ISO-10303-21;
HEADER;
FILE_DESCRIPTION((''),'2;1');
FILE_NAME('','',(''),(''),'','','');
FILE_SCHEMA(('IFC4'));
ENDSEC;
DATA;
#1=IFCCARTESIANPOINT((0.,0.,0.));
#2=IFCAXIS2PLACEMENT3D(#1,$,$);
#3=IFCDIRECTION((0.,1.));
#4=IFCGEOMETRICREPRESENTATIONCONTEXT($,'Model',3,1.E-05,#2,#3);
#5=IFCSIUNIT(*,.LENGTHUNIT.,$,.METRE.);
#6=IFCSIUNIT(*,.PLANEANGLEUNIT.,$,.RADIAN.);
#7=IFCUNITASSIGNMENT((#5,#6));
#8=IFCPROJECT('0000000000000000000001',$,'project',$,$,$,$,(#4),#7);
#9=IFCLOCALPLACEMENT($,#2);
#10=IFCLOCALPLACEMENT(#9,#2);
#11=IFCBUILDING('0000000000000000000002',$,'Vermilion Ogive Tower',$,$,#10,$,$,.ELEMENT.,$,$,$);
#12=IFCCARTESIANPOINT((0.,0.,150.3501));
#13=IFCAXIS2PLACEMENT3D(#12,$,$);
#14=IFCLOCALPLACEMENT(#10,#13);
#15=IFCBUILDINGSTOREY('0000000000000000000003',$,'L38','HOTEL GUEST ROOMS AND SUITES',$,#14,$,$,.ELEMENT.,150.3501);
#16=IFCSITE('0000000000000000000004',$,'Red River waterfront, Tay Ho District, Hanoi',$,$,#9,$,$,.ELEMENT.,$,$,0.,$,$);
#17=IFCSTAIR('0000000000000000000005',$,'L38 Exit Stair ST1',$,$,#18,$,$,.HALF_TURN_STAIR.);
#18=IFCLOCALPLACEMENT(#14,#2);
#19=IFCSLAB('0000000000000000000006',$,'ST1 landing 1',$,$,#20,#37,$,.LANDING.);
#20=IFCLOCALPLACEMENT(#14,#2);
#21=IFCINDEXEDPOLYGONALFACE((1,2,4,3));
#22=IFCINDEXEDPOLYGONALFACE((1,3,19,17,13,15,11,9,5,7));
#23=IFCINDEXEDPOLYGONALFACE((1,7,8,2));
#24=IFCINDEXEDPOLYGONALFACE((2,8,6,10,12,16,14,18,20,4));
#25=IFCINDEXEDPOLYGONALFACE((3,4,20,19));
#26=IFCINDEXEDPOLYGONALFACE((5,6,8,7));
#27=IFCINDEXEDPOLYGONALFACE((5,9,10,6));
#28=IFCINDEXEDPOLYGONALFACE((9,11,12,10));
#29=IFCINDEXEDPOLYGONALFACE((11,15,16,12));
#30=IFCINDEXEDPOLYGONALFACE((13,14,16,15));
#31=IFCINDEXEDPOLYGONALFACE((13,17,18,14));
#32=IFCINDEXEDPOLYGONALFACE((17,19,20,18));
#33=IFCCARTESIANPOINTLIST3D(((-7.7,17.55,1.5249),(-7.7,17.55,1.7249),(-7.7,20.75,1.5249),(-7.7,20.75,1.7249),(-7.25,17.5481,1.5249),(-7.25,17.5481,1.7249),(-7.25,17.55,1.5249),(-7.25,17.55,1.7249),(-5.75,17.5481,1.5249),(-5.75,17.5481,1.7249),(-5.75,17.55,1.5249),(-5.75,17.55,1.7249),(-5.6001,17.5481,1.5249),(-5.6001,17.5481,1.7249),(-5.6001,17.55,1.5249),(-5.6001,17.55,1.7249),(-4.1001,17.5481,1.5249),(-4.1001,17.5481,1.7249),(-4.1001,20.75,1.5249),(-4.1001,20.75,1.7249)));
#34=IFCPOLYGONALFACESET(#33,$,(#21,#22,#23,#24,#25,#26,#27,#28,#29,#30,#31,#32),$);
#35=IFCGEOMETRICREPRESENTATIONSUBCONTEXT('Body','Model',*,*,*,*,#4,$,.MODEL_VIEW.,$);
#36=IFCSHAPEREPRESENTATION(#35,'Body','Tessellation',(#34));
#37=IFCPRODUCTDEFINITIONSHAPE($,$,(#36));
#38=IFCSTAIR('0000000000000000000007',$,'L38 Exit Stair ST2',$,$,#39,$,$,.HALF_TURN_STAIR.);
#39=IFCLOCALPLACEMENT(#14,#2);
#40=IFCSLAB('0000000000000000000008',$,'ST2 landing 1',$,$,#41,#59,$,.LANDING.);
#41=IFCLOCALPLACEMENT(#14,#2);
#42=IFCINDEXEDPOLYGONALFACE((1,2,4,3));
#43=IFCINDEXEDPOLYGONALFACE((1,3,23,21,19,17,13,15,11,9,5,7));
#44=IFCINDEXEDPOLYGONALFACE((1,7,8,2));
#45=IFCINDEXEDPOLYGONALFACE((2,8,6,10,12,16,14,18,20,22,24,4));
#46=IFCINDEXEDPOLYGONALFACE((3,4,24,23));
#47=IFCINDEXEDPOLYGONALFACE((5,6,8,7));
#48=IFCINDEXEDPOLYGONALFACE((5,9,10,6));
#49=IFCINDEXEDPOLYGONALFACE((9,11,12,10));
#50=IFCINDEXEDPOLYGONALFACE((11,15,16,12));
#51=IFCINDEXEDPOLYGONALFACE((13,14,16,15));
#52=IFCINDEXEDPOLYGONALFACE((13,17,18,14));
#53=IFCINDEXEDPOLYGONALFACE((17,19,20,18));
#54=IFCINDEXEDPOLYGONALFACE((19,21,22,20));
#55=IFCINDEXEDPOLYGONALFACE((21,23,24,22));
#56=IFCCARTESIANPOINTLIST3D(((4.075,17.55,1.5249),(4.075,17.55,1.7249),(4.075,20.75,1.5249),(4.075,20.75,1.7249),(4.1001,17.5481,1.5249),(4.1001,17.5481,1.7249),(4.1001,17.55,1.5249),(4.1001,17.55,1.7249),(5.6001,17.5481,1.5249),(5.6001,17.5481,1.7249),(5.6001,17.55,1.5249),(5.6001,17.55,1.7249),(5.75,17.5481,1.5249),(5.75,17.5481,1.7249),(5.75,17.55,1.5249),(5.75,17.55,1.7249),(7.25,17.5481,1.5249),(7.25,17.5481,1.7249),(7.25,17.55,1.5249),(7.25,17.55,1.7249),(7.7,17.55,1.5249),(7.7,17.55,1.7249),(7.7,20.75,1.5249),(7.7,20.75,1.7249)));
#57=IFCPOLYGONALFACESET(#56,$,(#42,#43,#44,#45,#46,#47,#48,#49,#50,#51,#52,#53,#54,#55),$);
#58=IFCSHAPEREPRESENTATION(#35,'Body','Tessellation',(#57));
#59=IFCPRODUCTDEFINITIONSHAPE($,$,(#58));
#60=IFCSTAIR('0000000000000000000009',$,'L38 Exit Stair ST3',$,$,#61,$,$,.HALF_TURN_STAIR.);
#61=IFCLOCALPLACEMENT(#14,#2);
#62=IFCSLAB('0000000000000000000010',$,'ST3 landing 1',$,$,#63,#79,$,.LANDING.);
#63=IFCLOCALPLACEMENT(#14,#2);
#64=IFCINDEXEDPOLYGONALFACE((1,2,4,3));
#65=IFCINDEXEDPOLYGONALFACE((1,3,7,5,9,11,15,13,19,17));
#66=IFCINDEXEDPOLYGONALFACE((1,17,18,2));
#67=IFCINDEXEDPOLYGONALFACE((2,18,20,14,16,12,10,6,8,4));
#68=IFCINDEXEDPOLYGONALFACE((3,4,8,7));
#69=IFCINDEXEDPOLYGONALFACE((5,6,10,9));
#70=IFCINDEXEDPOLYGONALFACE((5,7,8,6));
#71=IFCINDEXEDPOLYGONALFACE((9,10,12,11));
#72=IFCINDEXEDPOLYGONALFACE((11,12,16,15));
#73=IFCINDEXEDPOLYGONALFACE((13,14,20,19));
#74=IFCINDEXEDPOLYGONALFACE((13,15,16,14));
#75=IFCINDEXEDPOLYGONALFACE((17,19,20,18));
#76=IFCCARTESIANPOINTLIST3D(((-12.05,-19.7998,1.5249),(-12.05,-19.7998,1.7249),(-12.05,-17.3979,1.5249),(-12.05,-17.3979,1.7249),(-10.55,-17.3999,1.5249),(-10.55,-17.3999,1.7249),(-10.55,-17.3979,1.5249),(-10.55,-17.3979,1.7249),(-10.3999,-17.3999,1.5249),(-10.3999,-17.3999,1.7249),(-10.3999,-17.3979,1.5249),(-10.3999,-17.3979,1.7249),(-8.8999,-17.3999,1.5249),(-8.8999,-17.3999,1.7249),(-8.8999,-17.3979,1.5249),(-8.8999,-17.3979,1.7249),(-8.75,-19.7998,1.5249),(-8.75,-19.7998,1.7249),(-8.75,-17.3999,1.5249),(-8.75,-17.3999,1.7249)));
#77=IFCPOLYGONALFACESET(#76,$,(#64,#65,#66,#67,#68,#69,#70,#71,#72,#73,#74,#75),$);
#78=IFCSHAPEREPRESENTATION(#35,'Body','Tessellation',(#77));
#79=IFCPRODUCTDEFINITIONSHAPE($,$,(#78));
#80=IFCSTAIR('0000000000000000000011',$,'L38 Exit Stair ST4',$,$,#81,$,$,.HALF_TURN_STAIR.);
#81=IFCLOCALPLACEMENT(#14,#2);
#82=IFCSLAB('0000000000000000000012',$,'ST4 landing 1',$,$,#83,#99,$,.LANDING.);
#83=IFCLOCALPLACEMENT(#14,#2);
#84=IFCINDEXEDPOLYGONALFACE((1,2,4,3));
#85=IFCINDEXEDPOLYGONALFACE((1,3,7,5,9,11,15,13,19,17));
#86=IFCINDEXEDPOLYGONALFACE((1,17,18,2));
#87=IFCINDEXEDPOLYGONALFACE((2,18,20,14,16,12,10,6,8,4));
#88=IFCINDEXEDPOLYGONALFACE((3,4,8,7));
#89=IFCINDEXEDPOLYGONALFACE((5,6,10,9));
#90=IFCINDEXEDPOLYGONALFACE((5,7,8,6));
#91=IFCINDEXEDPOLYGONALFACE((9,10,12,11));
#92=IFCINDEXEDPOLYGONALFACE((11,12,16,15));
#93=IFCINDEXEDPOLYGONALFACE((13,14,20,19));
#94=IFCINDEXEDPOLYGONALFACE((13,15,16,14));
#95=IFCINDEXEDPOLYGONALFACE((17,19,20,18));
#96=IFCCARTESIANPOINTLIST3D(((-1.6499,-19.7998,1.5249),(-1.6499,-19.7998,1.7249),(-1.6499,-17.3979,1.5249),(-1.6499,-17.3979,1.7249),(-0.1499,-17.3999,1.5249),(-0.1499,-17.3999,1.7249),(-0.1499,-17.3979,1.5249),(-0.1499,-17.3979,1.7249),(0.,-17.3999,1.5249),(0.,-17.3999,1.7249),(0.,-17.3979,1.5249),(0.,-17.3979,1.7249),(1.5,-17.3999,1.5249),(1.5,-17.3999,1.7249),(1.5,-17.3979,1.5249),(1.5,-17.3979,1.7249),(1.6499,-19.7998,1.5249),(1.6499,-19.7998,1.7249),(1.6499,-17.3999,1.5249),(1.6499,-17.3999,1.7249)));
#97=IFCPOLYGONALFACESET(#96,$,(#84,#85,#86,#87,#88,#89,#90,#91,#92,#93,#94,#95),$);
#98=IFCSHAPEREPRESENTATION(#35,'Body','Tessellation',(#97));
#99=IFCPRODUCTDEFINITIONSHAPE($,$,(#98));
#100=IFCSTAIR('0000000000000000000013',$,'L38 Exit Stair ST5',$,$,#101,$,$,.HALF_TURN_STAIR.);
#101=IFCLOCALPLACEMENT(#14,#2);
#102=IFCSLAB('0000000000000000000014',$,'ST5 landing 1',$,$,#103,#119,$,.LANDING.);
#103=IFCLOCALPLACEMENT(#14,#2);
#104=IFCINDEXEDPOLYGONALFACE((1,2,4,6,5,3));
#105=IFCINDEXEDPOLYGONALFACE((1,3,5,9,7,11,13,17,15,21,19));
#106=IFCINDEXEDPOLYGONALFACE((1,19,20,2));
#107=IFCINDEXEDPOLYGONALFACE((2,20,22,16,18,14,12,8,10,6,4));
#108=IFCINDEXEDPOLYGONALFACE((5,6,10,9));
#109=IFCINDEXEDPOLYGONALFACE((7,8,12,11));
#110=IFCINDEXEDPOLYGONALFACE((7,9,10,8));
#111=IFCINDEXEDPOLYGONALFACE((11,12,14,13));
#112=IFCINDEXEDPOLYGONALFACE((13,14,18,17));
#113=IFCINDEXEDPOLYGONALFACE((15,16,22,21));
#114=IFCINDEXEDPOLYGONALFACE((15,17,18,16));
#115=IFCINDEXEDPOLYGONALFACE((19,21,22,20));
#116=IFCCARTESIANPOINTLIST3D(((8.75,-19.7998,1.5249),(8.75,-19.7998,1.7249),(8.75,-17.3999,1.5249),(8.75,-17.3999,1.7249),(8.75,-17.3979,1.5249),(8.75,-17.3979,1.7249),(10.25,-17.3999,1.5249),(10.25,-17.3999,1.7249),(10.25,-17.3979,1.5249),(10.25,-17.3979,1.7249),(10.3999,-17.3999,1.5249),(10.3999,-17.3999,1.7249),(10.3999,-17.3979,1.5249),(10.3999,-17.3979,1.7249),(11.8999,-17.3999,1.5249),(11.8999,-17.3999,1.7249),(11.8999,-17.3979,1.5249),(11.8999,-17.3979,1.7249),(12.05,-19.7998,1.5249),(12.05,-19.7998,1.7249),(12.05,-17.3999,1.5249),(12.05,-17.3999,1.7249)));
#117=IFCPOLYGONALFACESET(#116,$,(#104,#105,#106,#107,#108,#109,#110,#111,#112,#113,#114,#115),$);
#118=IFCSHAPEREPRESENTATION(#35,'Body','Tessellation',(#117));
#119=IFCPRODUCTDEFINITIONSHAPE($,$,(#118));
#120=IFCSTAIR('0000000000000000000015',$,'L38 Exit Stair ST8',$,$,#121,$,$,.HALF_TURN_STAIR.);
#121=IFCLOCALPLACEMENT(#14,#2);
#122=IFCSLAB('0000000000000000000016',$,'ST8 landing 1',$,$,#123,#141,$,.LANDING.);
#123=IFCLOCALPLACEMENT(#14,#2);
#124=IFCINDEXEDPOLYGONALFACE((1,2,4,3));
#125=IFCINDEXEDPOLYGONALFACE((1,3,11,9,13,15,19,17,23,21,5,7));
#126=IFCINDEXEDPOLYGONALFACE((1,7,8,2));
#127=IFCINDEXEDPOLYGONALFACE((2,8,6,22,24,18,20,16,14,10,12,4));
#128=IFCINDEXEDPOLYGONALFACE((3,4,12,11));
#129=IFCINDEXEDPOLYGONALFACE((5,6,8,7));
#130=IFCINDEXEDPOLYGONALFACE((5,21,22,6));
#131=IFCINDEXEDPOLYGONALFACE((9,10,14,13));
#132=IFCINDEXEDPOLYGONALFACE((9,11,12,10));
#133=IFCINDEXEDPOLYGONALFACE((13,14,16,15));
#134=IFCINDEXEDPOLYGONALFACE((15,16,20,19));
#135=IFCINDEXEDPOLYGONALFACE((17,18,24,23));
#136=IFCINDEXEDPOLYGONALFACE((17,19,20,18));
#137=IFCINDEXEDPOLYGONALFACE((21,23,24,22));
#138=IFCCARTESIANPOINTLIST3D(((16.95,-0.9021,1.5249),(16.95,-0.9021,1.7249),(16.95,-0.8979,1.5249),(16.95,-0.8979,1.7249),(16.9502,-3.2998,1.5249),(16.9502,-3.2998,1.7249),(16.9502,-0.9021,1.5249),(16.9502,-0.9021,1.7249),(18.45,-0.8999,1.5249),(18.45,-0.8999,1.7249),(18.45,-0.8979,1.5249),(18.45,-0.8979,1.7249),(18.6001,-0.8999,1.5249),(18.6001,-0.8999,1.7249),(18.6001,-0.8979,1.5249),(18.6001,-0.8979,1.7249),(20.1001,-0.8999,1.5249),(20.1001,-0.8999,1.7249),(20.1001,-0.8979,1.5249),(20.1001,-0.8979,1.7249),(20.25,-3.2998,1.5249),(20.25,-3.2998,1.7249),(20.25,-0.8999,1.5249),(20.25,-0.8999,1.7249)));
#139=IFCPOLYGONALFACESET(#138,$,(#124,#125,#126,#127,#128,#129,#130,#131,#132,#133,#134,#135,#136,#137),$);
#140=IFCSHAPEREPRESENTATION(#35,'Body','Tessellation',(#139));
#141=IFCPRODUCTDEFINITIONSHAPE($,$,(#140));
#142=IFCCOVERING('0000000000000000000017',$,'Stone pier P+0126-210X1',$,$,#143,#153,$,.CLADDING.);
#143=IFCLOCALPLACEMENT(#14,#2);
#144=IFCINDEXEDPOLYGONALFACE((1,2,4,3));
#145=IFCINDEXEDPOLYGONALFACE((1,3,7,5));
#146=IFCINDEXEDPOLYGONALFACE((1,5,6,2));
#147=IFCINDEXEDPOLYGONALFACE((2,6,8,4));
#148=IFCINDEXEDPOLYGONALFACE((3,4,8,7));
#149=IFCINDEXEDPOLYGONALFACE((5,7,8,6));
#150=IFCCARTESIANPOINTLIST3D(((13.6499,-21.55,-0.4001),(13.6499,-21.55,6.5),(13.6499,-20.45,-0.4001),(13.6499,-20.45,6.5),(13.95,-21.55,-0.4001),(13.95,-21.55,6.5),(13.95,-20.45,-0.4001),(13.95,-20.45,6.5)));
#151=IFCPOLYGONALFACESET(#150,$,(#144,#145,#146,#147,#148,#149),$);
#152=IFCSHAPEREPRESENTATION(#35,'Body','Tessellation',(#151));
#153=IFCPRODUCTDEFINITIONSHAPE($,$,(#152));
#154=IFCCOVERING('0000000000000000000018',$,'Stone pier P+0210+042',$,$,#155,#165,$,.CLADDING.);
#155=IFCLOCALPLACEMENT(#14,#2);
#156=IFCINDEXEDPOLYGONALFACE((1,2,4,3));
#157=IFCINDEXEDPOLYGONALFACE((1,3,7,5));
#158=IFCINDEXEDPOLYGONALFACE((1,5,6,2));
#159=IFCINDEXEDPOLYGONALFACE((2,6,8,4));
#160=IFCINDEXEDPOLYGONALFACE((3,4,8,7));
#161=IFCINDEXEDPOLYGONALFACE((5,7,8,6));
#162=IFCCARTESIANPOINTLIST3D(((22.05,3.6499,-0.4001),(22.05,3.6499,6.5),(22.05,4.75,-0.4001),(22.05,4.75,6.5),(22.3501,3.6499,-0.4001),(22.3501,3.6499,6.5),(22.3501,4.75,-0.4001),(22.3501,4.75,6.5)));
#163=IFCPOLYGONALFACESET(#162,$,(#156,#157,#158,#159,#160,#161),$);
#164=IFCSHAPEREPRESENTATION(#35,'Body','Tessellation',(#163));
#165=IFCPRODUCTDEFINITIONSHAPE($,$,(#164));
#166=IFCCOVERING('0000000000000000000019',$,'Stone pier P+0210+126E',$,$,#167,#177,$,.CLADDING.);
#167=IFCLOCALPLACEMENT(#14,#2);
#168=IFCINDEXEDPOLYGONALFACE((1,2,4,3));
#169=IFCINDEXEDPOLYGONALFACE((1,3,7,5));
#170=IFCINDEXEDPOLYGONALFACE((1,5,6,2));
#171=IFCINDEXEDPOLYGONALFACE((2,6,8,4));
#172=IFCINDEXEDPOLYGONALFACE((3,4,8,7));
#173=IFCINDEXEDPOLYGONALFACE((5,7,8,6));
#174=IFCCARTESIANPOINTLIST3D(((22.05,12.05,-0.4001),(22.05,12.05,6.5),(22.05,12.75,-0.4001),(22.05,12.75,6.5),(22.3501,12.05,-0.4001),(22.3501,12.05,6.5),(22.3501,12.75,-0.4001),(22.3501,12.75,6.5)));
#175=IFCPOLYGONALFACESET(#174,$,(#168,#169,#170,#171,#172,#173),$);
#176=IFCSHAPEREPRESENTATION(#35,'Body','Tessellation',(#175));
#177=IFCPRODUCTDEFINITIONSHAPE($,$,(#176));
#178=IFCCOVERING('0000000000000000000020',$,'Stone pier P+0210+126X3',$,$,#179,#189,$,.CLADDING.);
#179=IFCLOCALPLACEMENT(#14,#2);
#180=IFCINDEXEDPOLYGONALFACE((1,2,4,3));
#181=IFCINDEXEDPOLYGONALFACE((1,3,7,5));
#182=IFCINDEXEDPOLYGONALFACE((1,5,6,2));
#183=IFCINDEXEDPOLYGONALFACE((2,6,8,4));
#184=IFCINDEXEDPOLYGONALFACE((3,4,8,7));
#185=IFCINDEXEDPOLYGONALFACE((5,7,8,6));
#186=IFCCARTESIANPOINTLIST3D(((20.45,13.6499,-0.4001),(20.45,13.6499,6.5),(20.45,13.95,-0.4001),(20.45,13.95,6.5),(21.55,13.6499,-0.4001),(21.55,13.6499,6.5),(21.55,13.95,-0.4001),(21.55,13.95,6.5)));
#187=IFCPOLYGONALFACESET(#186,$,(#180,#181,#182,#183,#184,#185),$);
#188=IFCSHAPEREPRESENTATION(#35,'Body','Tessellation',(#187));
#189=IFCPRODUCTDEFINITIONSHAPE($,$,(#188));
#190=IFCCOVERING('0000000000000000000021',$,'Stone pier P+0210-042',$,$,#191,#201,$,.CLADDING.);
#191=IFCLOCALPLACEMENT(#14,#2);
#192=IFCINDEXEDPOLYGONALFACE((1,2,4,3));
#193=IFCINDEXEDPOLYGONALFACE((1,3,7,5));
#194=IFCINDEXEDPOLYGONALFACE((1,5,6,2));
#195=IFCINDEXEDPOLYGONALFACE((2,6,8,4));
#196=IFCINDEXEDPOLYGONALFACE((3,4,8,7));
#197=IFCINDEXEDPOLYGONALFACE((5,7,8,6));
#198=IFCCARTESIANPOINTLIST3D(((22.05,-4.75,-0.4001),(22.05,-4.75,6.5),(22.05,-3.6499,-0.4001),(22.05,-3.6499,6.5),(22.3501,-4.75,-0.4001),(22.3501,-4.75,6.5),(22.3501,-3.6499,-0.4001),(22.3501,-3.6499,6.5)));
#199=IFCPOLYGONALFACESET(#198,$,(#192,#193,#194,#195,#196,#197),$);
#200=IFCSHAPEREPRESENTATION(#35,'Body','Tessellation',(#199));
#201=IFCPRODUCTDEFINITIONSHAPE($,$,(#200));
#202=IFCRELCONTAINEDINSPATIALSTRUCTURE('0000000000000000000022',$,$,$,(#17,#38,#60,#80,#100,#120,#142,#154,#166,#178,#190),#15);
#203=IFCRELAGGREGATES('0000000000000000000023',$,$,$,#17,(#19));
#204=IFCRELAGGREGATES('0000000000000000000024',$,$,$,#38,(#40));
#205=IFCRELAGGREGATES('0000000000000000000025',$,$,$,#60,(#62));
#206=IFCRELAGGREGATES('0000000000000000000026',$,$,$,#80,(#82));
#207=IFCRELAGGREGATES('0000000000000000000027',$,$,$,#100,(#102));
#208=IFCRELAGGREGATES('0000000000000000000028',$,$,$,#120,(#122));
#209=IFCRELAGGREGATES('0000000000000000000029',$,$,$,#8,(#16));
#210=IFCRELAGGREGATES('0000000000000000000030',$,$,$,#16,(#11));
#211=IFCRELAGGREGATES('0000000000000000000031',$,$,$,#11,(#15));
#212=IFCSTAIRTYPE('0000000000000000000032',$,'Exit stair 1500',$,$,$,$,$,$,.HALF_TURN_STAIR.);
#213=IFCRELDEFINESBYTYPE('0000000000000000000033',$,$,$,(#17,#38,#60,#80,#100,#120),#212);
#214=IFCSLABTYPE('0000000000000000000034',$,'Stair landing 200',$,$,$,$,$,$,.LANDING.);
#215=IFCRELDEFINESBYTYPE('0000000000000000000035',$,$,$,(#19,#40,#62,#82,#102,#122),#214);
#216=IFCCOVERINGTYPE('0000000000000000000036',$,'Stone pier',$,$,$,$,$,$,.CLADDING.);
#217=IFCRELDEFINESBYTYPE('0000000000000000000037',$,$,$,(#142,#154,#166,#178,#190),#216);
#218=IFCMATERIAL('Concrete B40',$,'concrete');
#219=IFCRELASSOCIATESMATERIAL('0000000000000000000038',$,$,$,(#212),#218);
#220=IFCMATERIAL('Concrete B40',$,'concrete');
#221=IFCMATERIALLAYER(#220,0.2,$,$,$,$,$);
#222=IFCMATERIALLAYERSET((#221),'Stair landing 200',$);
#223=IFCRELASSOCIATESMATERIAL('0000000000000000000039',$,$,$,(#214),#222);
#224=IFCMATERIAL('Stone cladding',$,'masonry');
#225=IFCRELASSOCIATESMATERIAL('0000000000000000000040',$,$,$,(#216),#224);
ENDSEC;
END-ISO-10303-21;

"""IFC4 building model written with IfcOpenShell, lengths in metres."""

from ifc_helpers import new_model, si_unit, direction, frame, origin, place, context, subcontext, project, spatial, polyline, outline, extrude, material, layer, layer_set, type_object, element, aggregate, save


model = new_model("IFC4")

# Units and contexts
model_context = context("Model", 3, precision=1e-05, world=origin(), true_north=direction((0.0, 1.0)))
body_context = subcontext(model_context, "Body", "Model", "MODEL_VIEW")
ifc_project = project(units=[si_unit("LENGTHUNIT", "METRE"), si_unit("PLANEANGLEUNIT", "RADIAN")], contexts=[model_context])

# Site, building, storey
site_placement = place(None, origin())
site = spatial("IfcSite", under=ifc_project, at=site_placement, Name="Red River waterfront, Tay Ho District, Hanoi", CompositionType="ELEMENT", RefElevation=0.0)
building_placement = place(site_placement, origin())
building = spatial("IfcBuilding", under=site, at=building_placement, Name="Vermilion Ogive Tower", CompositionType="ELEMENT")
storey_placement = place(building_placement, frame((0.0, 0.0, 150.3501)))
storey = spatial("IfcBuildingStorey", under=building, at=storey_placement, Name="L38", Description="HOTEL GUEST ROOMS AND SUITES", CompositionType="ELEMENT", Elevation=150.3501)

# Stairs, slabs
ifc_material_1 = material(Name="Concrete B40", Category="concrete")
stair_type = type_object("IfcStairType", Name="Exit stair 1500", PredefinedType="HALF_TURN_STAIR", material=ifc_material_1)
stair_1_placement = place(storey_placement, origin())
stair_1 = element("IfcStair", 1, at=stair_1_placement, inside=storey, type_object=stair_type, Name="L38 Exit Stair ST1", PredefinedType="HALF_TURN_STAIR")
ifc_material_2 = material(Name="Concrete B40", Category="concrete")
ifc_layer = layer(ifc_material_2, 0.2)
ifc_layer_set = layer_set([ifc_layer], Name="Stair landing 200")
slab_type = type_object("IfcSlabType", Name="Stair landing 200", PredefinedType="LANDING", material=ifc_layer_set)
slab_1_placement = place(storey_placement, frame((0.0, 0.0, 1.5249)))
slab_1 = element("IfcSlab", 2, at=slab_1_placement, type_object=slab_type, Name="ST1 landing 1", PredefinedType="LANDING", context=body_context, shape_type="SweptSolid", body=[
    extrude(outline(polyline([(-7.7, 17.55), (-7.25, 17.55), (-7.25, 17.5481), (-5.75, 17.5481), (-5.75, 17.55), (-5.6001, 17.55), (-5.6001, 17.5481), (-4.1001, 17.5481), (-4.1001, 20.75), (-7.7, 20.75), (-7.7, 17.55)])), origin(), (0.0, 0.0, 1.0), 0.2),
])
aggregate(stair_1, [slab_1])
stair_2_placement = place(storey_placement, origin())
stair_2 = element("IfcStair", 3, at=stair_2_placement, inside=storey, type_object=stair_type, Name="L38 Exit Stair ST2", PredefinedType="HALF_TURN_STAIR")
slab_2_placement = place(storey_placement, frame((0.0, 0.0, 1.5249)))
slab_2 = element("IfcSlab", 4, at=slab_2_placement, type_object=slab_type, Name="ST2 landing 1", PredefinedType="LANDING", context=body_context, shape_type="SweptSolid", body=[
    extrude(outline(polyline([(5.6001, 17.55), (5.75, 17.55), (5.75, 17.5481), (7.25, 17.5481), (7.25, 17.55), (7.7, 17.55), (7.7, 20.75), (4.075, 20.75), (4.075, 17.55), (4.1001, 17.55), (4.1001, 17.5481), (5.6001, 17.5481), (5.6001, 17.55)])), origin(), (0.0, 0.0, 1.0), 0.2),
])
aggregate(stair_2, [slab_2])
stair_3_placement = place(storey_placement, origin())
stair_3 = element("IfcStair", 5, at=stair_3_placement, inside=storey, type_object=stair_type, Name="L38 Exit Stair ST3", PredefinedType="HALF_TURN_STAIR")
slab_3_placement = place(storey_placement, frame((0.0, 0.0, 1.5249)))
slab_3 = element("IfcSlab", 6, at=slab_3_placement, type_object=slab_type, Name="ST3 landing 1", PredefinedType="LANDING", context=body_context, shape_type="SweptSolid", body=[
    extrude(outline(polyline([(-8.75, -17.3999), (-8.8999, -17.3999), (-8.8999, -17.3979), (-10.3999, -17.3979), (-10.3999, -17.3999), (-10.55, -17.3999), (-10.55, -17.3979), (-12.05, -17.3979), (-12.05, -19.7998), (-8.75, -19.7998), (-8.75, -17.3999)])), origin(), (0.0, 0.0, 1.0), 0.2),
])
aggregate(stair_3, [slab_3])
stair_4_placement = place(storey_placement, origin())
stair_4 = element("IfcStair", 7, at=stair_4_placement, inside=storey, type_object=stair_type, Name="L38 Exit Stair ST4", PredefinedType="HALF_TURN_STAIR")
slab_4_placement = place(storey_placement, frame((0.0, 0.0, 1.5249)))
slab_4 = element("IfcSlab", 8, at=slab_4_placement, type_object=slab_type, Name="ST4 landing 1", PredefinedType="LANDING", context=body_context, shape_type="SweptSolid", body=[
    extrude(outline(polyline([(1.6499, -17.3999), (1.5, -17.3999), (1.5, -17.3979), (0.0, -17.3979), (0.0, -17.3999), (-0.1499, -17.3999), (-0.1499, -17.3979), (-1.6499, -17.3979), (-1.6499, -19.7998), (1.6499, -19.7998), (1.6499, -17.3999)])), origin(), (0.0, 0.0, 1.0), 0.2),
])
aggregate(stair_4, [slab_4])
stair_5_placement = place(storey_placement, origin())
stair_5 = element("IfcStair", 9, at=stair_5_placement, inside=storey, type_object=stair_type, Name="L38 Exit Stair ST5", PredefinedType="HALF_TURN_STAIR")
slab_5_placement = place(storey_placement, frame((0.0, 0.0, 1.5249)))
slab_5 = element("IfcSlab", 10, at=slab_5_placement, type_object=slab_type, Name="ST5 landing 1", PredefinedType="LANDING", context=body_context, shape_type="SweptSolid", body=[
    extrude(outline(polyline([(12.05, -17.3999), (11.8999, -17.3999), (11.8999, -17.3979), (10.3999, -17.3979), (10.3999, -17.3999), (10.25, -17.3999), (10.25, -17.3979), (8.75, -17.3979), (8.75, -17.3999), (8.75, -17.3999), (8.75, -19.7998), (12.05, -19.7998), (12.05, -17.3999)])), origin(), (0.0, 0.0, 1.0), 0.2),
])
aggregate(stair_5, [slab_5])
stair_6_placement = place(storey_placement, origin())
stair_6 = element("IfcStair", 11, at=stair_6_placement, inside=storey, type_object=stair_type, Name="L38 Exit Stair ST8", PredefinedType="HALF_TURN_STAIR")
slab_6_placement = place(storey_placement, frame((0.0, 0.0, 1.5249)))
slab_6 = element("IfcSlab", 12, at=slab_6_placement, type_object=slab_type, Name="ST8 landing 1", PredefinedType="LANDING", context=body_context, shape_type="SweptSolid", body=[
    extrude(outline(polyline([(20.25, -0.8999), (20.1001, -0.8999), (20.1001, -0.8979), (18.6001, -0.8979), (18.6001, -0.8999), (18.45, -0.8999), (18.45, -0.8979), (16.95, -0.8979), (16.95, -0.9021), (16.9502, -0.9021), (16.9502, -3.2998), (20.25, -3.2998), (20.25, -0.8999)])), origin(), (0.0, 0.0, 1.0), 0.2),
])
aggregate(stair_6, [slab_6])

# Coverings
ifc_material_3 = material(Name="Stone cladding", Category="masonry")
covering_type = type_object("IfcCoveringType", Name="Stone pier", PredefinedType="CLADDING", material=ifc_material_3)
covering_1_placement = place(storey_placement, frame((0.0, 0.0, -0.4001)))
element("IfcCovering", 13, at=covering_1_placement, inside=storey, type_object=covering_type, Name="Stone pier P+0126-210X1", PredefinedType="CLADDING", context=body_context, shape_type="SweptSolid", body=[
    extrude(outline(polyline([(13.95, -21.55), (13.6499, -21.55), (13.6499, -20.45), (13.95, -20.45), (13.95, -21.55)])), origin(), (0.0, 0.0, 1.0), 6.9001),
])
covering_2_placement = place(storey_placement, frame((0.0, 0.0, -0.4001)))
element("IfcCovering", 14, at=covering_2_placement, inside=storey, type_object=covering_type, Name="Stone pier P+0210+042", PredefinedType="CLADDING", context=body_context, shape_type="SweptSolid", body=[
    extrude(outline(polyline([(22.3501, 4.75), (22.3501, 3.6499), (22.05, 3.6499), (22.05, 4.75), (22.3501, 4.75)])), origin(), (0.0, 0.0, 1.0), 6.9001),
])
covering_3_placement = place(storey_placement, frame((0.0, 0.0, -0.4001)))
element("IfcCovering", 15, at=covering_3_placement, inside=storey, type_object=covering_type, Name="Stone pier P+0210+126E", PredefinedType="CLADDING", context=body_context, shape_type="SweptSolid", body=[
    extrude(outline(polyline([(22.3501, 12.05), (22.05, 12.05), (22.05, 12.75), (22.3501, 12.75), (22.3501, 12.05)])), origin(), (0.0, 0.0, 1.0), 6.9001),
])
covering_4_placement = place(storey_placement, frame((0.0, 0.0, -0.4001)))
element("IfcCovering", 16, at=covering_4_placement, inside=storey, type_object=covering_type, Name="Stone pier P+0210+126X3", PredefinedType="CLADDING", context=body_context, shape_type="SweptSolid", body=[
    extrude(outline(polyline([(21.55, 13.95), (21.55, 13.6499), (20.45, 13.6499), (20.45, 13.95), (21.55, 13.95)])), origin(), (0.0, 0.0, 1.0), 6.9001),
])
covering_5_placement = place(storey_placement, frame((0.0, 0.0, -0.4001)))
element("IfcCovering", 17, at=covering_5_placement, inside=storey, type_object=covering_type, Name="Stone pier P+0210-042", PredefinedType="CLADDING", context=body_context, shape_type="SweptSolid", body=[
    extrude(outline(polyline([(22.3501, -3.6499), (22.3501, -4.75), (22.05, -4.75), (22.05, -3.6499), (22.3501, -3.6499)])), origin(), (0.0, 0.0, 1.0), 6.9001),
])

save(model, "model.ifc")
